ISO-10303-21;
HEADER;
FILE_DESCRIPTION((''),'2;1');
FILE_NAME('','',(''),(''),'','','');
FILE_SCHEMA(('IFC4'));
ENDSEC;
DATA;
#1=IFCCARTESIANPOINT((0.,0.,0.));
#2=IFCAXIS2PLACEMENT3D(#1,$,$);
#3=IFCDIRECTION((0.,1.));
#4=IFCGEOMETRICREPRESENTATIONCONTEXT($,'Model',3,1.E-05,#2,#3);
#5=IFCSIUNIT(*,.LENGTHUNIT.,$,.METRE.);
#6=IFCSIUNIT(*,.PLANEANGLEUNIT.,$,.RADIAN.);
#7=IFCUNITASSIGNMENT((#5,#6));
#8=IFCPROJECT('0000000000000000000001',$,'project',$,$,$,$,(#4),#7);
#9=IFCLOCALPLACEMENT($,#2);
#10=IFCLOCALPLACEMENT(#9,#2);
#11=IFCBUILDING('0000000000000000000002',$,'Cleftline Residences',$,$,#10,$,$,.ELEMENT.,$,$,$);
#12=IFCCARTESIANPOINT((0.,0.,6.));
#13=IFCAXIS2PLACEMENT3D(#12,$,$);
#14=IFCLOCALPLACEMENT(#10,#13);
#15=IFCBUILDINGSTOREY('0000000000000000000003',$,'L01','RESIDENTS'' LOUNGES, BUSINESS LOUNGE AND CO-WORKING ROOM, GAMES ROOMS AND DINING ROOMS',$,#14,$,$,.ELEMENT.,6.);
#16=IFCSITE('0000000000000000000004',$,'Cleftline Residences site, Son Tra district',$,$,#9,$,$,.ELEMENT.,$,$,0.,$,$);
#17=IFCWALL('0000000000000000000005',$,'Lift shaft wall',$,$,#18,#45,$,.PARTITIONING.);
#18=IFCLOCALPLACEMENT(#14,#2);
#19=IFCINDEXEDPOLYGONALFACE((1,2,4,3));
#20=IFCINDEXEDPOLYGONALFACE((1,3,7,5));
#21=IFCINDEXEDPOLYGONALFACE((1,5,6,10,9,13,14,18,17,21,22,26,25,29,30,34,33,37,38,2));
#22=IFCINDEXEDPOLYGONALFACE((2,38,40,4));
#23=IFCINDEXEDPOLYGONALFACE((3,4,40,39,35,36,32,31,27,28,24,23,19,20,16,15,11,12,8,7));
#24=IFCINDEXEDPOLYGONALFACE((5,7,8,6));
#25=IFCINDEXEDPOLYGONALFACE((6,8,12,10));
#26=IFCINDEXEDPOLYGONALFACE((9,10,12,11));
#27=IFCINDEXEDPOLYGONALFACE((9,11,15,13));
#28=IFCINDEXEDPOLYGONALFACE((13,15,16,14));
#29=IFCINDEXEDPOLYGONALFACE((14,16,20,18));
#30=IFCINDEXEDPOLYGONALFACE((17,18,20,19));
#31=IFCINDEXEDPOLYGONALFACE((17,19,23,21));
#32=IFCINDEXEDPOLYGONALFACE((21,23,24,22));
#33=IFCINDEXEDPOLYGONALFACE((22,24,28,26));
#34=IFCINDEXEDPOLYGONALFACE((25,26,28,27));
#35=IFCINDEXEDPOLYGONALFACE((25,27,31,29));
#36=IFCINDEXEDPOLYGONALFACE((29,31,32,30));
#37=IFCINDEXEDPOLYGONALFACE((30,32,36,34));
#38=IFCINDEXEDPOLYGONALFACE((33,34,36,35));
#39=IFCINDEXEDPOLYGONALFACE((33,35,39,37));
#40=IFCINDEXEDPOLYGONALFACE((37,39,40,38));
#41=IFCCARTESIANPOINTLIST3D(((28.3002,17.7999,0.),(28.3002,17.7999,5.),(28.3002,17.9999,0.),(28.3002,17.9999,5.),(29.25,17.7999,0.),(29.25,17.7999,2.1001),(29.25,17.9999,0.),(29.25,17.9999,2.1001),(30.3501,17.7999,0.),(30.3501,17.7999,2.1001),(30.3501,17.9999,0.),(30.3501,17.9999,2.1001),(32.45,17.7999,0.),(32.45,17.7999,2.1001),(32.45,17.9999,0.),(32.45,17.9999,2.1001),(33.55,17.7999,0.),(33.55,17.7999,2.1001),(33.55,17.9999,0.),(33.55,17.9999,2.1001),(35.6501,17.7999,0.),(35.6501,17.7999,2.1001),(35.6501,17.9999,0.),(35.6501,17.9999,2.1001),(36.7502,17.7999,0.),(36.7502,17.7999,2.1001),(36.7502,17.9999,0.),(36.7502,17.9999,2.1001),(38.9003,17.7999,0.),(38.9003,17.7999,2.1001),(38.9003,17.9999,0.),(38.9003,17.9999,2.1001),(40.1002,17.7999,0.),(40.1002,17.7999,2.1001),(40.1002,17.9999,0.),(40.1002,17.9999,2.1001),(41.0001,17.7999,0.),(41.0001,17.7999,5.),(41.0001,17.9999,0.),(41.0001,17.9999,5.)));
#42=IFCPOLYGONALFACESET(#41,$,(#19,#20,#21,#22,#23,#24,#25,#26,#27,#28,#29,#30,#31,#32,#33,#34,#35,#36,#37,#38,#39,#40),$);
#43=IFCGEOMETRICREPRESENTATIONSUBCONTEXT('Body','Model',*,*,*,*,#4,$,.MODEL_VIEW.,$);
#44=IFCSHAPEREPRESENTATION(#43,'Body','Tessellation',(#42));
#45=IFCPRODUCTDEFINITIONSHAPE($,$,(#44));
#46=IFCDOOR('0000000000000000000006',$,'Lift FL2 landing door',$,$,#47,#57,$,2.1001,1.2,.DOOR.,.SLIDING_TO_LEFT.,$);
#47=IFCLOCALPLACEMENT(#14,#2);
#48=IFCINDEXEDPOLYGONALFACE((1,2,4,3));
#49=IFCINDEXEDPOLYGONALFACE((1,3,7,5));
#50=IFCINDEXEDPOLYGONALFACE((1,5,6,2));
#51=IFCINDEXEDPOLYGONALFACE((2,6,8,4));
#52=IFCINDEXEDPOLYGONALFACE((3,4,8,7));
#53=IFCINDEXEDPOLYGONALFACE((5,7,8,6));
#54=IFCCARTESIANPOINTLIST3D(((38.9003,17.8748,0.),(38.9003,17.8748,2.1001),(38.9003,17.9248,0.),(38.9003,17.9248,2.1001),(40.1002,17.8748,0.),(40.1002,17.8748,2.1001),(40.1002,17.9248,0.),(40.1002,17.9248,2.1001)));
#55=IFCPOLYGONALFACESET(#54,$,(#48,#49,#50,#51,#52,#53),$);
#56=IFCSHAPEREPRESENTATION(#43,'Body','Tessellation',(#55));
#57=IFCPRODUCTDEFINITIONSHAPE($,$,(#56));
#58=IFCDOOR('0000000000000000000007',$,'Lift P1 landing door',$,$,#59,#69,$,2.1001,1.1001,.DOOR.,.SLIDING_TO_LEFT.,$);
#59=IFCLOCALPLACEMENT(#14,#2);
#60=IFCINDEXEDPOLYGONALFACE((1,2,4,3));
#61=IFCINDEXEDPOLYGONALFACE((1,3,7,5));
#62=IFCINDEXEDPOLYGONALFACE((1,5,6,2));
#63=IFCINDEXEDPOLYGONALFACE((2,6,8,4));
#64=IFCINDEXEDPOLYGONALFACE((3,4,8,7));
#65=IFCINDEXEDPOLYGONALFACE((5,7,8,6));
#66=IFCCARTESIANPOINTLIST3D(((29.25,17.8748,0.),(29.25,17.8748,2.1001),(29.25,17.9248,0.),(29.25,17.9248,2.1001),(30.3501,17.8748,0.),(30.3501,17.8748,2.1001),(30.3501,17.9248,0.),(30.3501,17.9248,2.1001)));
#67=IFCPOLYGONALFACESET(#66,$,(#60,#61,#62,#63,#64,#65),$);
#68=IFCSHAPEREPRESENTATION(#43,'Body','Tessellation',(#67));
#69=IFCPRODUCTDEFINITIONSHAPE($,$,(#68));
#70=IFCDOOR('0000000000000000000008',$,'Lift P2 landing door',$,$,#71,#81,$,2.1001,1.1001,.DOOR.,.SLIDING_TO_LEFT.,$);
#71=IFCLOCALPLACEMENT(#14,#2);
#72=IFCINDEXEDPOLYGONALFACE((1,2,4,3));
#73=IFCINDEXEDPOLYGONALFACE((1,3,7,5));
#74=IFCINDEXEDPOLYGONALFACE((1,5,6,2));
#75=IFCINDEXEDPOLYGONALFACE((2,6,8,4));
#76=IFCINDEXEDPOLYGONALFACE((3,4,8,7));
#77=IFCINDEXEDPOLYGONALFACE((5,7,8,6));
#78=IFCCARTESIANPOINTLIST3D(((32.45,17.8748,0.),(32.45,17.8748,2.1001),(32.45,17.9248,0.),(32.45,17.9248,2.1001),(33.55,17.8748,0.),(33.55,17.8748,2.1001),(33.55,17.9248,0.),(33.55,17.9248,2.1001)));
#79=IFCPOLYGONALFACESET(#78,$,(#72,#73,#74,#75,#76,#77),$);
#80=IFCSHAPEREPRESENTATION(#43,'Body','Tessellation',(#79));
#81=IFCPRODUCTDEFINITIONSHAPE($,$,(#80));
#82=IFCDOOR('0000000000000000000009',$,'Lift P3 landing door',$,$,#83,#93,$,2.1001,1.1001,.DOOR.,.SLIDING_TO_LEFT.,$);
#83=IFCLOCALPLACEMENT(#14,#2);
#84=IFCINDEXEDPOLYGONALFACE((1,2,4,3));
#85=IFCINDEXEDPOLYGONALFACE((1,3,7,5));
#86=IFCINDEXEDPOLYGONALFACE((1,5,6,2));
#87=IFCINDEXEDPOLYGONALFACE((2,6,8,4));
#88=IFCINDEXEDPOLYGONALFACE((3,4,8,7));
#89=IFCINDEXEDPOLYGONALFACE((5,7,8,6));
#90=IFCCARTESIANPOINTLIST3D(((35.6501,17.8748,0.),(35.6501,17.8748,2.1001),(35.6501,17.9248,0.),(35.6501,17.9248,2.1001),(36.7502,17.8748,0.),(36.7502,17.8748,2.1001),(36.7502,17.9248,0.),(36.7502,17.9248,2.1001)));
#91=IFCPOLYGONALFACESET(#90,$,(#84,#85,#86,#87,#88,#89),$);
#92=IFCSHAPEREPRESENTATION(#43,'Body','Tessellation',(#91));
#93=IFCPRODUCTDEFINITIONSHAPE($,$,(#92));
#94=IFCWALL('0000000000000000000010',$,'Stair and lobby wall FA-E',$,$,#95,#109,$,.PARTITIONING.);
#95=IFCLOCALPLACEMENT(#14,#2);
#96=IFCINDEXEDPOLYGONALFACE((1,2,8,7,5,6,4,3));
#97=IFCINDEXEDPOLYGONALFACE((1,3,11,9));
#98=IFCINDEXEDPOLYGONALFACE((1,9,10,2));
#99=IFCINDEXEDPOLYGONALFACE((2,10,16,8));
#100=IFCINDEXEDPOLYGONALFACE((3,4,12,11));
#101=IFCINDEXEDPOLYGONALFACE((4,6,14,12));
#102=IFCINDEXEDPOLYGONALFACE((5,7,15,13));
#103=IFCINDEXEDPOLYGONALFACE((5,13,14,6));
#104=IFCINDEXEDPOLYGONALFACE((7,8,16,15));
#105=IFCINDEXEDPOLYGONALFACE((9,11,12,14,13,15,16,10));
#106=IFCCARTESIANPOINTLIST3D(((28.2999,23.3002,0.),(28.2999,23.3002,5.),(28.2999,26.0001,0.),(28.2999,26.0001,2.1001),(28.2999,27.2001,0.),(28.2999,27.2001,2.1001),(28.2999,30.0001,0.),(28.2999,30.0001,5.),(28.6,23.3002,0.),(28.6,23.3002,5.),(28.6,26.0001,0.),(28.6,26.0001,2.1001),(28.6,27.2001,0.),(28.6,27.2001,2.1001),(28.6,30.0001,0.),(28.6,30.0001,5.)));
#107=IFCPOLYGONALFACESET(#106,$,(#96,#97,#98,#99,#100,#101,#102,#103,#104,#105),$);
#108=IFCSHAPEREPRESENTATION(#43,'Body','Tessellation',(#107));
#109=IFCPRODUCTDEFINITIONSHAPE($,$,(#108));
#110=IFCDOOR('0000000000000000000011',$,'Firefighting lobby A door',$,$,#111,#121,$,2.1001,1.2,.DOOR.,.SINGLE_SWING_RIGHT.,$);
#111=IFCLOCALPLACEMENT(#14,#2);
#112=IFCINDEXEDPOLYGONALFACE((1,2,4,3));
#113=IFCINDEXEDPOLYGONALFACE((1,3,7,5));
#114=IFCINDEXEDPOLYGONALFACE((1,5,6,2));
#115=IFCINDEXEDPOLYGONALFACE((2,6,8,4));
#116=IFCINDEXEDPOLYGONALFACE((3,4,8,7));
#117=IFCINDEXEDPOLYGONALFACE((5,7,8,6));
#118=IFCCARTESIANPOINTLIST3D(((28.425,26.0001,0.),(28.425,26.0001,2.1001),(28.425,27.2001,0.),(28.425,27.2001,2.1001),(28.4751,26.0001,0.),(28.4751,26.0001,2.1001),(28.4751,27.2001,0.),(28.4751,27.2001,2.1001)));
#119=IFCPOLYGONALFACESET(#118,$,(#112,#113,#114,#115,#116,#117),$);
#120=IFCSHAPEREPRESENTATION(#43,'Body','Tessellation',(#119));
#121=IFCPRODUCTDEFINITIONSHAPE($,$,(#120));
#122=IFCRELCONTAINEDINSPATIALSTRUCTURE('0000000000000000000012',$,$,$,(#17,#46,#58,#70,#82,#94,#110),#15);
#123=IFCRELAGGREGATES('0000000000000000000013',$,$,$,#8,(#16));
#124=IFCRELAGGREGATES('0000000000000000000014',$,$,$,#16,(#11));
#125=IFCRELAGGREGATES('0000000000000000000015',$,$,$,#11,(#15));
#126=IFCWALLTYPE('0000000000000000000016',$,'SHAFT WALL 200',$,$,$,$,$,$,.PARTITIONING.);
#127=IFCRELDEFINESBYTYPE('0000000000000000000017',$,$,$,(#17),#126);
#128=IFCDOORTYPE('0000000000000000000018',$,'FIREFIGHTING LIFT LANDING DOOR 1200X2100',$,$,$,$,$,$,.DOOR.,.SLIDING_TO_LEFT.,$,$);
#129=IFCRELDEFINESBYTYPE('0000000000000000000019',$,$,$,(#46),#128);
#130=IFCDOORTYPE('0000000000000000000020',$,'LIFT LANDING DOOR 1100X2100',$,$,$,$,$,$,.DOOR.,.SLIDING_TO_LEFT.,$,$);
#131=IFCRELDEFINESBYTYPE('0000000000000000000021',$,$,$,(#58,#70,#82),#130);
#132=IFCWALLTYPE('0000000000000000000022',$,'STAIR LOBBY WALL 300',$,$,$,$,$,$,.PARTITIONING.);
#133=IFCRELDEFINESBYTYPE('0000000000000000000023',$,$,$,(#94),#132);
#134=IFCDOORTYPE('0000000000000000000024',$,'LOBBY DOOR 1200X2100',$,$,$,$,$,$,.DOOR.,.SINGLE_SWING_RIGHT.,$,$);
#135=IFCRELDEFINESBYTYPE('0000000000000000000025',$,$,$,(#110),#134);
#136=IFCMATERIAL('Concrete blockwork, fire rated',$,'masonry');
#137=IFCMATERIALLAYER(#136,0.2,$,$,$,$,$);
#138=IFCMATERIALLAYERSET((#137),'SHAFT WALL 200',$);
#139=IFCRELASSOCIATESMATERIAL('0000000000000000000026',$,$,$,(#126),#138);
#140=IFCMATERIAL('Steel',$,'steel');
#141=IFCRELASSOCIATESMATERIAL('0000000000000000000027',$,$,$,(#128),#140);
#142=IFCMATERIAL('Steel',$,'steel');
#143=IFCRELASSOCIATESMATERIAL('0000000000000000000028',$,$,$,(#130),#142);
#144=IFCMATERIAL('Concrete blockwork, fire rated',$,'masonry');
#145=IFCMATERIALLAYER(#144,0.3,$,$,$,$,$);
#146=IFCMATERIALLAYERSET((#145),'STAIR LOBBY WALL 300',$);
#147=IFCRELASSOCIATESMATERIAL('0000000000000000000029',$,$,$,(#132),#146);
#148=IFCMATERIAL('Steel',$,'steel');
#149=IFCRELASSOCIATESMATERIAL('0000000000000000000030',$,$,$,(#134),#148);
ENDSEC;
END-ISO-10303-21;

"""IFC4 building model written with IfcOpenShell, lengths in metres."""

from ifc_helpers import new_model, si_unit, direction, frame, frame_2d, origin, place, context, subcontext, project, spatial, rectangle, extrude, material, layer, layer_set, type_object, element, fill, save


model = new_model("IFC4")

# Units and contexts
model_context = context("Model", 3, precision=1e-05, world=origin(), true_north=direction((0.0, 1.0)))
body_context = subcontext(model_context, "Body", "Model", "MODEL_VIEW")
ifc_project = project(units=[si_unit("LENGTHUNIT", "METRE"), si_unit("PLANEANGLEUNIT", "RADIAN")], contexts=[model_context])

# Site, building, storey
site_placement = place(None, origin())
site = spatial("IfcSite", under=ifc_project, at=site_placement, Name="Cleftline Residences site, Son Tra district", CompositionType="ELEMENT", RefElevation=0.0)
building_placement = place(site_placement, origin())
building = spatial("IfcBuilding", under=site, at=building_placement, Name="Cleftline Residences", CompositionType="ELEMENT")
storey_placement = place(building_placement, frame((0.0, 0.0, 6.0)))
storey = spatial("IfcBuildingStorey", under=building, at=storey_placement, Name="L01", Description="RESIDENTS' LOUNGES, BUSINESS LOUNGE AND CO-WORKING ROOM, GAMES ROOMS AND DINING ROOMS", CompositionType="ELEMENT", Elevation=6.0)

# Wall, openings, doors
ifc_material_1 = material(Name="Concrete blockwork, fire rated", Category="masonry")
ifc_layer_1 = layer(ifc_material_1, 0.2)
ifc_layer_set_1 = layer_set([ifc_layer_1], Name="SHAFT WALL 200")
wall_type_1 = type_object("IfcWallType", Name="SHAFT WALL 200", PredefinedType="PARTITIONING", material=ifc_layer_set_1)
wall_1_placement = place(storey_placement, frame((28.3, 17.8999, 0.0), z_axis=(0.0, 0.0, 1.0), x_axis=(1.0, 0.0, 0.0)))
wall_1 = element("IfcWall", 1, at=wall_1_placement, inside=storey, type_object=wall_type_1, Name="Lift shaft wall", PredefinedType="PARTITIONING", context=body_context, shape_type="SweptSolid", body=[
    extrude(rectangle(XDim=12.7, YDim=0.2, at=frame_2d((6.3501, 0.0))), origin(), (0.0, 0.0, 1.0), 5.0),
])
opening_1_placement = place(wall_1_placement, frame((0.95, 0.0, 0.0)))
opening_1 = element("IfcOpeningElement", 2, at=opening_1_placement, cuts=wall_1, PredefinedType="OPENING", context=body_context, shape_type="SweptSolid", body=[
    extrude(rectangle(XDim=1.1001, YDim=2.1001, at=frame_2d((0.55, 1.05))), frame((0.0, 0.1099, 0.0), z_axis=(0.0, -1.0, 0.0), x_axis=(1.0, 0.0, 0.0)), (0.0, 0.0, 1.0), 0.22),
])
opening_2_placement = place(wall_1_placement, frame((4.1499, 0.0, 0.0)))
opening_2 = element("IfcOpeningElement", 3, at=opening_2_placement, cuts=wall_1, PredefinedType="OPENING", context=body_context, shape_type="SweptSolid", body=[
    extrude(rectangle(XDim=1.1001, YDim=2.1001, at=frame_2d((0.55, 1.05))), frame((0.0, 0.1099, 0.0), z_axis=(0.0, -1.0, 0.0), x_axis=(1.0, 0.0, 0.0)), (0.0, 0.0, 1.0), 0.22),
])
opening_3_placement = place(wall_1_placement, frame((7.3501, 0.0, 0.0)))
opening_3 = element("IfcOpeningElement", 4, at=opening_3_placement, cuts=wall_1, PredefinedType="OPENING", context=body_context, shape_type="SweptSolid", body=[
    extrude(rectangle(XDim=1.1001, YDim=2.1001, at=frame_2d((0.55, 1.05))), frame((0.0, 0.1099, 0.0), z_axis=(0.0, -1.0, 0.0), x_axis=(1.0, 0.0, 0.0)), (0.0, 0.0, 1.0), 0.22),
])
opening_4_placement = place(wall_1_placement, frame((10.6001, 0.0, 0.0)))
opening_4 = element("IfcOpeningElement", 5, at=opening_4_placement, cuts=wall_1, PredefinedType="OPENING", context=body_context, shape_type="SweptSolid", body=[
    extrude(rectangle(XDim=1.2, YDim=2.1001, at=frame_2d((0.6001, 1.05))), frame((0.0, 0.1099, 0.0), z_axis=(0.0, -1.0, 0.0), x_axis=(1.0, 0.0, 0.0)), (0.0, 0.0, 1.0), 0.22),
])
ifc_material_2 = material(Name="Steel", Category="steel")
door_type_1 = type_object("IfcDoorType", Name="FIREFIGHTING LIFT LANDING DOOR 1200X2100", OperationType="SLIDING_TO_LEFT", PredefinedType="DOOR", material=ifc_material_2)
door_1_placement = place(opening_4_placement, origin())
door_1 = element("IfcDoor", 6, at=door_1_placement, inside=storey, type_object=door_type_1, Name="Lift FL2 landing door", OperationType="SLIDING_TO_LEFT", OverallHeight=2.1001, OverallWidth=1.2, PredefinedType="DOOR", context=body_context, shape_type="SweptSolid", body=[
    extrude(rectangle(XDim=1.2, YDim=2.1001, at=frame_2d((0.6001, 1.05))), frame((0.0, 0.0249, 0.0), z_axis=(0.0, -1.0, 0.0), x_axis=(1.0, 0.0, 0.0)), (0.0, 0.0, 1.0), 0.05),
])
fill(opening_4, door_1)
ifc_material_3 = material(Name="Steel", Category="steel")
door_type_2 = type_object("IfcDoorType", Name="LIFT LANDING DOOR 1100X2100", OperationType="SLIDING_TO_LEFT", PredefinedType="DOOR", material=ifc_material_3)
door_2_placement = place(opening_1_placement, origin())
door_2 = element("IfcDoor", 7, at=door_2_placement, inside=storey, type_object=door_type_2, Name="Lift P1 landing door", OperationType="SLIDING_TO_LEFT", OverallHeight=2.1001, OverallWidth=1.1001, PredefinedType="DOOR", context=body_context, shape_type="SweptSolid", body=[
    extrude(rectangle(XDim=1.1001, YDim=2.1001, at=frame_2d((0.55, 1.05))), frame((0.0, 0.0249, 0.0), z_axis=(0.0, -1.0, 0.0), x_axis=(1.0, 0.0, 0.0)), (0.0, 0.0, 1.0), 0.05),
])
fill(opening_1, door_2)
door_3_placement = place(opening_2_placement, origin())
door_3 = element("IfcDoor", 8, at=door_3_placement, inside=storey, type_object=door_type_2, Name="Lift P2 landing door", OperationType="SLIDING_TO_LEFT", OverallHeight=2.1001, OverallWidth=1.1001, PredefinedType="DOOR", context=body_context, shape_type="SweptSolid", body=[
    extrude(rectangle(XDim=1.1001, YDim=2.1001, at=frame_2d((0.55, 1.05))), frame((0.0, 0.0249, 0.0), z_axis=(0.0, -1.0, 0.0), x_axis=(1.0, 0.0, 0.0)), (0.0, 0.0, 1.0), 0.05),
])
fill(opening_2, door_3)
door_4_placement = place(opening_3_placement, origin())
door_4 = element("IfcDoor", 9, at=door_4_placement, inside=storey, type_object=door_type_2, Name="Lift P3 landing door", OperationType="SLIDING_TO_LEFT", OverallHeight=2.1001, OverallWidth=1.1001, PredefinedType="DOOR", context=body_context, shape_type="SweptSolid", body=[
    extrude(rectangle(XDim=1.1001, YDim=2.1001, at=frame_2d((0.55, 1.05))), frame((0.0, 0.0249, 0.0), z_axis=(0.0, -1.0, 0.0), x_axis=(1.0, 0.0, 0.0)), (0.0, 0.0, 1.0), 0.05),
])
fill(opening_3, door_4)

# Wall, opening, door
ifc_material_4 = material(Name="Concrete blockwork, fire rated", Category="masonry")
ifc_layer_2 = layer(ifc_material_4, 0.3)
ifc_layer_set_2 = layer_set([ifc_layer_2], Name="STAIR LOBBY WALL 300")
wall_type_2 = type_object("IfcWallType", Name="STAIR LOBBY WALL 300", PredefinedType="PARTITIONING", material=ifc_layer_set_2)
wall_2_placement = place(storey_placement, frame((28.45, 23.3, 0.0), z_axis=(0.0, 0.0, 1.0), x_axis=(0.0, 1.0, 0.0)))
wall_2 = element("IfcWall", 10, at=wall_2_placement, inside=storey, type_object=wall_type_2, Name="Stair and lobby wall FA-E", PredefinedType="PARTITIONING", context=body_context, shape_type="SweptSolid", body=[
    extrude(rectangle(XDim=6.7, YDim=0.3, at=frame_2d((3.3501, 0.0))), origin(), (0.0, 0.0, 1.0), 5.0),
])
opening_5_placement = place(wall_2_placement, frame((2.7, 0.0, 0.0)))
opening_5 = element("IfcOpeningElement", 11, at=opening_5_placement, cuts=wall_2, PredefinedType="OPENING", context=body_context, shape_type="SweptSolid", body=[
    extrude(rectangle(XDim=1.2, YDim=2.1001, at=frame_2d((0.6001, 1.05))), frame((0.0, 0.1599, 0.0), z_axis=(0.0, -1.0, 0.0), x_axis=(1.0, 0.0, 0.0)), (0.0, 0.0, 1.0), 0.3201),
])
ifc_material_5 = material(Name="Steel", Category="steel")
door_type_3 = type_object("IfcDoorType", Name="LOBBY DOOR 1200X2100", OperationType="SINGLE_SWING_RIGHT", PredefinedType="DOOR", material=ifc_material_5)
door_5_placement = place(opening_5_placement, origin())
door_5 = element("IfcDoor", 12, at=door_5_placement, inside=storey, type_object=door_type_3, Name="Firefighting lobby A door", OperationType="SINGLE_SWING_RIGHT", OverallHeight=2.1001, OverallWidth=1.2, PredefinedType="DOOR", context=body_context, shape_type="SweptSolid", body=[
    extrude(rectangle(XDim=1.2, YDim=2.1001, at=frame_2d((0.6001, 1.05))), frame((0.0, 0.0249, 0.0), z_axis=(0.0, -1.0, 0.0), x_axis=(1.0, 0.0, 0.0)), (0.0, 0.0, 1.0), 0.05),
])
fill(opening_5, door_5)

save(model, "model.ifc")
